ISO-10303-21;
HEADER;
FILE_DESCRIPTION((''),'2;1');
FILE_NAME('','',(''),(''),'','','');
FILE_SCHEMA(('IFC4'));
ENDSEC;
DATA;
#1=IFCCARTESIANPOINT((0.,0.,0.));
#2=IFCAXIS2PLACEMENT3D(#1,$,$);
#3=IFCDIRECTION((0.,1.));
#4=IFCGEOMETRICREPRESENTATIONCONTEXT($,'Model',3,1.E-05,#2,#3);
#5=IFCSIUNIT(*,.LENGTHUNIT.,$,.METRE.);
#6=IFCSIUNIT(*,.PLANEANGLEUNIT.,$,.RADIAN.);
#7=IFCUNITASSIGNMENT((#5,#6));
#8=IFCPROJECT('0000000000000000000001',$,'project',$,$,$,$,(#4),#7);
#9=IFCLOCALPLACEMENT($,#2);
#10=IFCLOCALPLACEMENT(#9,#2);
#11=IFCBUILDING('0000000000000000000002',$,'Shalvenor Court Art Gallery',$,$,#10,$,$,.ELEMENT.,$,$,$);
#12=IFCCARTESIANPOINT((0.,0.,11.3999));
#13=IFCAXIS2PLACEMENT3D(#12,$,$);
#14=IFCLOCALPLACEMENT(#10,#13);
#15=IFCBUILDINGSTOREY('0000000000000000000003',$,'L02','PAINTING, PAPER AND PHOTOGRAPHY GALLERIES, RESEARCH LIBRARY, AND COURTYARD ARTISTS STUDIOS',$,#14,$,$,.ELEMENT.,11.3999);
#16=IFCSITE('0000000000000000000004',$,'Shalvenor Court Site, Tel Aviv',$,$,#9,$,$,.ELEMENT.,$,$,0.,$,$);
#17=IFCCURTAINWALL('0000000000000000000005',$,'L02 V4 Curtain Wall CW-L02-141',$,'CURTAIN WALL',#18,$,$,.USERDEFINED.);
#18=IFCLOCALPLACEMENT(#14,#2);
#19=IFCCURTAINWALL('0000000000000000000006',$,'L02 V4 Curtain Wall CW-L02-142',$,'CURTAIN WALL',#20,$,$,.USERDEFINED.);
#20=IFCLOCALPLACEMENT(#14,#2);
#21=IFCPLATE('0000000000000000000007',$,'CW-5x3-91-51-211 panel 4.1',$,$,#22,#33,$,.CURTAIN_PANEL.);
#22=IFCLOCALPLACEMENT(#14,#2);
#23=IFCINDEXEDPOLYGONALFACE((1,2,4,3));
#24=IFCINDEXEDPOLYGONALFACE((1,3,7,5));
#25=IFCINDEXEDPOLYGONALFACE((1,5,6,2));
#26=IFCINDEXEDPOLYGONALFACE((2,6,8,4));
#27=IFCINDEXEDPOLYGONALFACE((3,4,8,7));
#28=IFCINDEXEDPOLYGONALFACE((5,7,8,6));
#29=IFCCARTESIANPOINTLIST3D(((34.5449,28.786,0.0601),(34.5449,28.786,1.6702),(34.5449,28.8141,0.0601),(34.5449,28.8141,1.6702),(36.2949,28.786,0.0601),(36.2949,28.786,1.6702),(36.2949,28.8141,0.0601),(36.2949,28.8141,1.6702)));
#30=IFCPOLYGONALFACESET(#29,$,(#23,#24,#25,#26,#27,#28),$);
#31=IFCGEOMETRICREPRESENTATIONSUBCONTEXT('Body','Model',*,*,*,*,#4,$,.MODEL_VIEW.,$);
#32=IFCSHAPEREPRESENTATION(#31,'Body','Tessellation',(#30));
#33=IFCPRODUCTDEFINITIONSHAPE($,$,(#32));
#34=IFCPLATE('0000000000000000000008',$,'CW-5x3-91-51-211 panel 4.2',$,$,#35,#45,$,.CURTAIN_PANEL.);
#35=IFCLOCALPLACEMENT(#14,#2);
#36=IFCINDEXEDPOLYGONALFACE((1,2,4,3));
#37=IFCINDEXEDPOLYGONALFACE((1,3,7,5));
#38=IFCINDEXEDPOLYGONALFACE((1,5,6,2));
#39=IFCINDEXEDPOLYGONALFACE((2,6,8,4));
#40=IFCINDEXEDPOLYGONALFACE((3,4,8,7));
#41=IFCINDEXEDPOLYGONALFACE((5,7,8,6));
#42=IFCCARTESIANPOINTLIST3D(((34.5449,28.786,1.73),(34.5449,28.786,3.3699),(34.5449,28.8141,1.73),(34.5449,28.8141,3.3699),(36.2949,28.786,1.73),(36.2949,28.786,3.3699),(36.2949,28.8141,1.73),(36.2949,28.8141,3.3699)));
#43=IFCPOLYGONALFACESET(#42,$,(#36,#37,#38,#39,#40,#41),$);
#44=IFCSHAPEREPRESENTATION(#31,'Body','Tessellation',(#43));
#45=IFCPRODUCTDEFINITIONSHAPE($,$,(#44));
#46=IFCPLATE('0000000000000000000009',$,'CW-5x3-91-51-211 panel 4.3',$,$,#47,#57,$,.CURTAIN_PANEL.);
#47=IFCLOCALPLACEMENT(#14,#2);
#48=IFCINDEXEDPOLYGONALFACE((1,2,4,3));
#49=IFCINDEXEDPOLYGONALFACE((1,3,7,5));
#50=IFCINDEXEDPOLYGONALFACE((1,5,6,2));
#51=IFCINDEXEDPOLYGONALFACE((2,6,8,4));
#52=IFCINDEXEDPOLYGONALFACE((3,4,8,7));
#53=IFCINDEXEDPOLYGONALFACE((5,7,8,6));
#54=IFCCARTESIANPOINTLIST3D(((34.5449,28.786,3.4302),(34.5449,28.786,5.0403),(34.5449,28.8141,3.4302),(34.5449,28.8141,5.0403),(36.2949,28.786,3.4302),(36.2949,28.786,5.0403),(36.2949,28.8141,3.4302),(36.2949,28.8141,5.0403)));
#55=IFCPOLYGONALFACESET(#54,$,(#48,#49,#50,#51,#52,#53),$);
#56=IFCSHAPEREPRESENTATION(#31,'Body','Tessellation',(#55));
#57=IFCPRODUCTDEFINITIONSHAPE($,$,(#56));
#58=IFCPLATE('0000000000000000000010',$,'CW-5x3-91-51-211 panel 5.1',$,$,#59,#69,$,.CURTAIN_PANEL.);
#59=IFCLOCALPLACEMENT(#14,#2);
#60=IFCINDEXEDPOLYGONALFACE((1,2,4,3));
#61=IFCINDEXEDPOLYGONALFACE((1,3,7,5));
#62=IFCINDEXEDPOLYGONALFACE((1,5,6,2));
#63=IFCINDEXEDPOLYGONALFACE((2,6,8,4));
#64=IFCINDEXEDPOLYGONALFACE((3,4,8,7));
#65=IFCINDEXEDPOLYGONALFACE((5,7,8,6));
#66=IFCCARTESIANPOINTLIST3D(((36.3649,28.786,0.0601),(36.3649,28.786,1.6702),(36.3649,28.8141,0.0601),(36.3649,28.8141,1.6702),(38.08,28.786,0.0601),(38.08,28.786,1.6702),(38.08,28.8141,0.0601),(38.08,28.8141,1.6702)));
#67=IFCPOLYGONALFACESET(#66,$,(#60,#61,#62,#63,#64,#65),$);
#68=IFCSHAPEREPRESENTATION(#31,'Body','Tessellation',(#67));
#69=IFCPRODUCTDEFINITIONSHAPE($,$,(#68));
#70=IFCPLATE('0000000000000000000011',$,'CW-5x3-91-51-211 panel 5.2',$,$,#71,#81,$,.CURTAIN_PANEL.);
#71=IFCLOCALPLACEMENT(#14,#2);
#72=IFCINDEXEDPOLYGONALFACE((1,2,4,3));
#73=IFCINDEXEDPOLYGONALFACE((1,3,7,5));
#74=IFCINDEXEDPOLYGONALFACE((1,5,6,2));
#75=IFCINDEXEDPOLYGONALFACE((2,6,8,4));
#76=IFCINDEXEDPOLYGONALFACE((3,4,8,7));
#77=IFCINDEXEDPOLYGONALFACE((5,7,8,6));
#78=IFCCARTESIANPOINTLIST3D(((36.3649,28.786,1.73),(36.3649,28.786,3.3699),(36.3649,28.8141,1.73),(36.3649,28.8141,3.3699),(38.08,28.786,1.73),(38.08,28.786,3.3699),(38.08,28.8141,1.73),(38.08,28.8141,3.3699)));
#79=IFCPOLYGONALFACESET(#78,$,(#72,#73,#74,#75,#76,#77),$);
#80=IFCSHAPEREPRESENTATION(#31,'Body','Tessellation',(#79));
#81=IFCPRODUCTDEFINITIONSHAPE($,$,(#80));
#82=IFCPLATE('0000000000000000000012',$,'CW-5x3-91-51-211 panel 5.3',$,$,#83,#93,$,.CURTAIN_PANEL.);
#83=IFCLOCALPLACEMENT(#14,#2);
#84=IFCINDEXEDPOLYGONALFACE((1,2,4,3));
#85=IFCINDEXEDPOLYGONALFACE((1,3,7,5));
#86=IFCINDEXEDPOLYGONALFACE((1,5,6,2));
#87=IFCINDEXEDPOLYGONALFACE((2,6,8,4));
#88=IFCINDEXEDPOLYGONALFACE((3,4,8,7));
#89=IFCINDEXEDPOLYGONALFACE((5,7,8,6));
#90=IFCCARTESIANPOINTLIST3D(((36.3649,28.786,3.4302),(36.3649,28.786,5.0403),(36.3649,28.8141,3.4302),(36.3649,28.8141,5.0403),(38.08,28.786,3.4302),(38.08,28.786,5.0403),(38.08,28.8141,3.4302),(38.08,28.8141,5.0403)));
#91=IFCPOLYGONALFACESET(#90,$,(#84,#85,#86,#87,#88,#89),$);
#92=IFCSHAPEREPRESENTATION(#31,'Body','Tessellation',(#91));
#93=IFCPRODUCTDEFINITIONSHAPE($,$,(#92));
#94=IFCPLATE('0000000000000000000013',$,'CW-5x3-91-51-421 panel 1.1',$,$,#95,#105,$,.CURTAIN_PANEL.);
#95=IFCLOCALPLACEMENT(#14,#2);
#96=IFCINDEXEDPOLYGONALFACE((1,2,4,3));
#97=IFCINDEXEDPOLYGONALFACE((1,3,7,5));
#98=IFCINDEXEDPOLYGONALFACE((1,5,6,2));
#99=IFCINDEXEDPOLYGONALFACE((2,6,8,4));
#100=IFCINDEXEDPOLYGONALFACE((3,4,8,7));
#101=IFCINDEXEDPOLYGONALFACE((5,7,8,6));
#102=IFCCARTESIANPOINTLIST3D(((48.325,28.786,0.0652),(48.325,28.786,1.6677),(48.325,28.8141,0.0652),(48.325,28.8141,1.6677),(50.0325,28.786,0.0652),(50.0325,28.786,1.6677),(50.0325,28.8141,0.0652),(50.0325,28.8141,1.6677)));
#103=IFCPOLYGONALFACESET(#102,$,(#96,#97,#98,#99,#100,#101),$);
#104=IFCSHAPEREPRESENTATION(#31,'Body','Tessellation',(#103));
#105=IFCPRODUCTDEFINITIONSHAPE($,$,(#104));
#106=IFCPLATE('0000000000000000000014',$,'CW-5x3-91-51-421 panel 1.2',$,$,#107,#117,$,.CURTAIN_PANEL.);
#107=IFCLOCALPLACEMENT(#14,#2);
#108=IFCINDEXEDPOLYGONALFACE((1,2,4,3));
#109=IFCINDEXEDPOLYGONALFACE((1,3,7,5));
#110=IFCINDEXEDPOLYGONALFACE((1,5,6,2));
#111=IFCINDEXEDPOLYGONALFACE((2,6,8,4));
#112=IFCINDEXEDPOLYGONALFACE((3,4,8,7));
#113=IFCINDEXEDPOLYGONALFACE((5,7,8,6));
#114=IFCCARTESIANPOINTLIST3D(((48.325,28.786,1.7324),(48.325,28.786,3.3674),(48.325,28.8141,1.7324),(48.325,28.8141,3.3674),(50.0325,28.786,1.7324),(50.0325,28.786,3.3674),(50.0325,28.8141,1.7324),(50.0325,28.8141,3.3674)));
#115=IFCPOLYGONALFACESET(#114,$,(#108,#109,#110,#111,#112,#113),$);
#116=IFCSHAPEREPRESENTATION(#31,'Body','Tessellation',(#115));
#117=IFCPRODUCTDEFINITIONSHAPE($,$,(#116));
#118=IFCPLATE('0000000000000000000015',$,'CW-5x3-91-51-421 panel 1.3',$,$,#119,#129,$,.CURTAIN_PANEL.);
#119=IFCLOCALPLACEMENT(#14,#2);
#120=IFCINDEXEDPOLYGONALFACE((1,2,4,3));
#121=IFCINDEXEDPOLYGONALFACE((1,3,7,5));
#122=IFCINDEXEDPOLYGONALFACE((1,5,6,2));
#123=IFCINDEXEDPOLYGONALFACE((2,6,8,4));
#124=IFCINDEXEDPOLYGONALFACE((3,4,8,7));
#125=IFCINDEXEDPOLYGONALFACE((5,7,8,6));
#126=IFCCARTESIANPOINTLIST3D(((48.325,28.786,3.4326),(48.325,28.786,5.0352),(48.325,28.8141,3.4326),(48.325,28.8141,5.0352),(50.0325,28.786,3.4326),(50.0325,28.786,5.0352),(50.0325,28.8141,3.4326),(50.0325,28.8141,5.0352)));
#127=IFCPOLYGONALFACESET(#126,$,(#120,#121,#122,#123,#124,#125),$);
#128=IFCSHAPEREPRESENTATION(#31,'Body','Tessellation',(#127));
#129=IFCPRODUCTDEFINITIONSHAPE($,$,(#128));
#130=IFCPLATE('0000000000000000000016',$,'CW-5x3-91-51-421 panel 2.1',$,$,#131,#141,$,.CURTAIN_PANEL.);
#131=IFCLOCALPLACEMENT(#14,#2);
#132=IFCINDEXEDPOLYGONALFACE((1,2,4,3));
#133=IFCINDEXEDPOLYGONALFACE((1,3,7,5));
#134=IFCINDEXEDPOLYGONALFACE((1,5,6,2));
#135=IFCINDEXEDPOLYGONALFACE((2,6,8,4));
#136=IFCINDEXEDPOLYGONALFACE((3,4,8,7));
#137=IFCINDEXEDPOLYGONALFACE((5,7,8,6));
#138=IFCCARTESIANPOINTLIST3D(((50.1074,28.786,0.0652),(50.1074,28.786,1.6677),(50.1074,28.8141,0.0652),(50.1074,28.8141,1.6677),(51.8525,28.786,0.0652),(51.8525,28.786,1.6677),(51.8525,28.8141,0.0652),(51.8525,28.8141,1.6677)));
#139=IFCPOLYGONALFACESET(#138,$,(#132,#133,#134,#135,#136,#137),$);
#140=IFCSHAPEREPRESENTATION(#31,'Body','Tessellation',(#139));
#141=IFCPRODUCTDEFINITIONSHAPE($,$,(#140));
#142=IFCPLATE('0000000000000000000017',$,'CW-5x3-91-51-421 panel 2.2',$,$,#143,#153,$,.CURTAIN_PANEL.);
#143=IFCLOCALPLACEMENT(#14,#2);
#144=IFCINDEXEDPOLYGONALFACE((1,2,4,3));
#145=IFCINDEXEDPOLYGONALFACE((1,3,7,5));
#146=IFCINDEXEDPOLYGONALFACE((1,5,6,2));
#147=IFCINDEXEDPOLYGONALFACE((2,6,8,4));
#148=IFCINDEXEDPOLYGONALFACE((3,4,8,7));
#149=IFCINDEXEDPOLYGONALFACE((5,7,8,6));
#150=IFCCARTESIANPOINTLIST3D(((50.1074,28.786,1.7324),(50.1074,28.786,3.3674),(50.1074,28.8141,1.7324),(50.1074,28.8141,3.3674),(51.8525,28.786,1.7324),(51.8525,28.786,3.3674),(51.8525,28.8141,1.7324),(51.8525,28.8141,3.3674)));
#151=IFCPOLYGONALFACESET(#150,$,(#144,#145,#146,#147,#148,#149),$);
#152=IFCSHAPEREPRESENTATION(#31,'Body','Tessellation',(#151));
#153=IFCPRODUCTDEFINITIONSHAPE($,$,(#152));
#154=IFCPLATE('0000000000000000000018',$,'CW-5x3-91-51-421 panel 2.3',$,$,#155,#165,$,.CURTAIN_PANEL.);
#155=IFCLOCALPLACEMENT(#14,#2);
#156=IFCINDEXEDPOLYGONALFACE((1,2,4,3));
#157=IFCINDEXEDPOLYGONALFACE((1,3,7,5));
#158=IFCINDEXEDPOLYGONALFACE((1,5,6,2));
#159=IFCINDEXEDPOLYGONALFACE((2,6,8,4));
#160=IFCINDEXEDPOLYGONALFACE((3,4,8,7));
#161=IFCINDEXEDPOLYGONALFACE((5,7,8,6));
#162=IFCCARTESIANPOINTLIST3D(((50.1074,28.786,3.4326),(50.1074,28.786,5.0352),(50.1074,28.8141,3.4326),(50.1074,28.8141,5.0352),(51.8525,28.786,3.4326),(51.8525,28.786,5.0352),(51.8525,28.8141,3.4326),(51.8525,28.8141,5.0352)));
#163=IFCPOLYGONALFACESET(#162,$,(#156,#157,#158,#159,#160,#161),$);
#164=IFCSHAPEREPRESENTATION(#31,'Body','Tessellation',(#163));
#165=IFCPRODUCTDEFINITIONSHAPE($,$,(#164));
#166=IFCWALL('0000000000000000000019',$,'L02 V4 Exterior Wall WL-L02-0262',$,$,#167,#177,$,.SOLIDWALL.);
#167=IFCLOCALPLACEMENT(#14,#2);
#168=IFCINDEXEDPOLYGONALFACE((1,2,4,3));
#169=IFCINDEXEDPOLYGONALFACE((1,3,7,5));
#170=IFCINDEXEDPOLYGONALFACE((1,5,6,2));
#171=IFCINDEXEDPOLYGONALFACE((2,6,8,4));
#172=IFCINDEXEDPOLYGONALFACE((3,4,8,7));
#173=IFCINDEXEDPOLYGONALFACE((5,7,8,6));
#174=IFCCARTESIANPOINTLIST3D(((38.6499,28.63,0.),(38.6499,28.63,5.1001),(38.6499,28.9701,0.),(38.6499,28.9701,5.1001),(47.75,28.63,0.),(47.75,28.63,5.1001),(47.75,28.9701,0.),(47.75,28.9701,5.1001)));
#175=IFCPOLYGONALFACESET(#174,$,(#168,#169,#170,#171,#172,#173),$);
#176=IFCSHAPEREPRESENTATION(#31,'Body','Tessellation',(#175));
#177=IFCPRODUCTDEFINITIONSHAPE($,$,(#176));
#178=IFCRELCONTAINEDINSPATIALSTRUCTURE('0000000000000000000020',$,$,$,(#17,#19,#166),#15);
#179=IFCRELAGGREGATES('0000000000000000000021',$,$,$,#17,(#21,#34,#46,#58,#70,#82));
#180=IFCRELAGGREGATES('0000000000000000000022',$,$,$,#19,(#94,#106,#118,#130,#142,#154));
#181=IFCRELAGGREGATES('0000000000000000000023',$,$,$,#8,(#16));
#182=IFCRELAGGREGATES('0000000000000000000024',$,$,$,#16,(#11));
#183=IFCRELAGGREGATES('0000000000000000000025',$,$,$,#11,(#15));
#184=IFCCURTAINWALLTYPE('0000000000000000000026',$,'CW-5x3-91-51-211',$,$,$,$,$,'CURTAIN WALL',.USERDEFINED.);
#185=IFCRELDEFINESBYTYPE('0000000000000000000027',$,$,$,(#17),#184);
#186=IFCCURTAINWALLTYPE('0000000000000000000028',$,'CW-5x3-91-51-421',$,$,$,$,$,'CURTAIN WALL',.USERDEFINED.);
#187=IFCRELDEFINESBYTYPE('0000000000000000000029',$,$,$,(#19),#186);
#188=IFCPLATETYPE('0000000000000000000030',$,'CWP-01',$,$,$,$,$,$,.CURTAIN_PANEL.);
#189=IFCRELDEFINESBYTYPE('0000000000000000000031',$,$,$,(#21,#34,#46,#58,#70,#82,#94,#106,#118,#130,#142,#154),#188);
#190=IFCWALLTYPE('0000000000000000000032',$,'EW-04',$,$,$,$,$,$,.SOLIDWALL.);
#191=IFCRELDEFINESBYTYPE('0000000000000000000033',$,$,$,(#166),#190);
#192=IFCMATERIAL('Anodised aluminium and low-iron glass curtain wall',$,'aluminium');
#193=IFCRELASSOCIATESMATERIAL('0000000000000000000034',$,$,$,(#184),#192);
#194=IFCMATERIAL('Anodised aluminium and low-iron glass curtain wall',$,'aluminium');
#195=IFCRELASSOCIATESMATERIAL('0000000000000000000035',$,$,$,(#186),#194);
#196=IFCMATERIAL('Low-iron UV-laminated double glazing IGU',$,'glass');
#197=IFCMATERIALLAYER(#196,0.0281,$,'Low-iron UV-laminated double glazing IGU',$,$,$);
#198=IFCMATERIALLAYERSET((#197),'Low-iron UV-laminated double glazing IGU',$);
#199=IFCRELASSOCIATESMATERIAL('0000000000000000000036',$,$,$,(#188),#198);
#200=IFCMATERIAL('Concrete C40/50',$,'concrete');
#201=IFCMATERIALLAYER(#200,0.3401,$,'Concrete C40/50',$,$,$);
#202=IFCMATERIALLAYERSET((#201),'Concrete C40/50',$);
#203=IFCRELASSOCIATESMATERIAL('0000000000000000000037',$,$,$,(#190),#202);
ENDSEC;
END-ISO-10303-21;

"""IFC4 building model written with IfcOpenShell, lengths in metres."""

from ifc_helpers import new_model, si_unit, direction, frame, frame_2d, origin, origin_2d, place, context, subcontext, project, spatial, rectangle, extrude, material, layer, layer_set, type_object, element, aggregate, save


model = new_model("IFC4")

# Units and contexts
model_context = context("Model", 3, precision=1e-05, world=origin(), true_north=direction((0.0, 1.0)))
body_context = subcontext(model_context, "Body", "Model", "MODEL_VIEW")
ifc_project = project(units=[si_unit("LENGTHUNIT", "METRE"), si_unit("PLANEANGLEUNIT", "RADIAN")], contexts=[model_context])

# Site, building, storey
site_placement = place(None, origin())
site = spatial("IfcSite", under=ifc_project, at=site_placement, Name="Shalvenor Court Site, Tel Aviv", CompositionType="ELEMENT", RefElevation=0.0)
building_placement = place(site_placement, origin())
building = spatial("IfcBuilding", under=site, at=building_placement, Name="Shalvenor Court Art Gallery", CompositionType="ELEMENT")
storey_placement = place(building_placement, frame((0.0, 0.0, 11.3999)))
storey = spatial("IfcBuildingStorey", under=building, at=storey_placement, Name="L02", Description="PAINTING, PAPER AND PHOTOGRAPHY GALLERIES, RESEARCH LIBRARY, AND COURTYARD ARTISTS STUDIOS", CompositionType="ELEMENT", Elevation=11.3999)

# Curtain walls
ifc_material_1 = material(Name="Anodised aluminium and low-iron glass curtain wall", Category="aluminium")
curtain_wall_type_1 = type_object("IfcCurtainWallType", Name="CW-5x3-91-51-211", ElementType="CURTAIN WALL", PredefinedType="USERDEFINED", material=ifc_material_1)
curtain_wall_1_placement = place(storey_placement, origin())
curtain_wall_1 = element("IfcCurtainWall", 1, at=curtain_wall_1_placement, inside=storey, type_object=curtain_wall_type_1, Name="L02 V4 Curtain Wall CW-L02-141", ObjectType="CURTAIN WALL", PredefinedType="USERDEFINED")
ifc_material_2 = material(Name="Anodised aluminium and low-iron glass curtain wall", Category="aluminium")
curtain_wall_type_2 = type_object("IfcCurtainWallType", Name="CW-5x3-91-51-421", ElementType="CURTAIN WALL", PredefinedType="USERDEFINED", material=ifc_material_2)
curtain_wall_2_placement = place(storey_placement, origin())
curtain_wall_2 = element("IfcCurtainWall", 2, at=curtain_wall_2_placement, inside=storey, type_object=curtain_wall_type_2, Name="L02 V4 Curtain Wall CW-L02-142", ObjectType="CURTAIN WALL", PredefinedType="USERDEFINED")

# Plates
ifc_material_3 = material(Name="Low-iron UV-laminated double glazing IGU", Category="glass")
ifc_layer_1 = layer(ifc_material_3, 0.0281, Name="Low-iron UV-laminated double glazing IGU")
ifc_layer_set_1 = layer_set([ifc_layer_1], Name="Low-iron UV-laminated double glazing IGU")
plate_type = type_object("IfcPlateType", Name="CWP-01", PredefinedType="CURTAIN_PANEL", material=ifc_layer_set_1)
plate_1_placement = place(storey_placement, frame((35.4199, 28.8, 0.0601), z_axis=(0.0, 0.0, 1.0), x_axis=(1.0, 0.0, 0.0)))
plate_1 = element("IfcPlate", 3, at=plate_1_placement, type_object=plate_type, Name="CW-5x3-91-51-211 panel 4.1", PredefinedType="CURTAIN_PANEL", context=body_context, shape_type="SweptSolid", body=[
    extrude(rectangle(XDim=1.75, YDim=0.0281, at=origin_2d()), origin(), (0.0, 0.0, 1.0), 1.6101),
])
plate_2_placement = place(storey_placement, frame((35.4199, 28.8, 1.73), z_axis=(0.0, 0.0, 1.0), x_axis=(1.0, 0.0, 0.0)))
plate_2 = element("IfcPlate", 4, at=plate_2_placement, type_object=plate_type, Name="CW-5x3-91-51-211 panel 4.2", PredefinedType="CURTAIN_PANEL", context=body_context, shape_type="SweptSolid", body=[
    extrude(rectangle(XDim=1.75, YDim=0.0281, at=origin_2d()), origin(), (0.0, 0.0, 1.0), 1.6399),
])
plate_3_placement = place(storey_placement, frame((35.4199, 28.8, 3.4302), z_axis=(0.0, 0.0, 1.0), x_axis=(1.0, 0.0, 0.0)))
plate_3 = element("IfcPlate", 5, at=plate_3_placement, type_object=plate_type, Name="CW-5x3-91-51-211 panel 4.3", PredefinedType="CURTAIN_PANEL", context=body_context, shape_type="SweptSolid", body=[
    extrude(rectangle(XDim=1.75, YDim=0.0281, at=origin_2d()), origin(), (0.0, 0.0, 1.0), 1.6101),
])
plate_4_placement = place(storey_placement, frame((37.2224, 28.8, 0.0601), z_axis=(0.0, 0.0, 1.0), x_axis=(1.0, 0.0, 0.0)))
plate_4 = element("IfcPlate", 6, at=plate_4_placement, type_object=plate_type, Name="CW-5x3-91-51-211 panel 5.1", PredefinedType="CURTAIN_PANEL", context=body_context, shape_type="SweptSolid", body=[
    extrude(rectangle(XDim=1.7151, YDim=0.0281, at=origin_2d()), origin(), (0.0, 0.0, 1.0), 1.6101),
])
plate_5_placement = place(storey_placement, frame((37.2224, 28.8, 1.73), z_axis=(0.0, 0.0, 1.0), x_axis=(1.0, 0.0, 0.0)))
plate_5 = element("IfcPlate", 7, at=plate_5_placement, type_object=plate_type, Name="CW-5x3-91-51-211 panel 5.2", PredefinedType="CURTAIN_PANEL", context=body_context, shape_type="SweptSolid", body=[
    extrude(rectangle(XDim=1.7151, YDim=0.0281, at=origin_2d()), origin(), (0.0, 0.0, 1.0), 1.6399),
])
plate_6_placement = place(storey_placement, frame((37.2224, 28.8, 3.4302), z_axis=(0.0, 0.0, 1.0), x_axis=(1.0, 0.0, 0.0)))
plate_6 = element("IfcPlate", 8, at=plate_6_placement, type_object=plate_type, Name="CW-5x3-91-51-211 panel 5.3", PredefinedType="CURTAIN_PANEL", context=body_context, shape_type="SweptSolid", body=[
    extrude(rectangle(XDim=1.7151, YDim=0.0281, at=origin_2d()), origin(), (0.0, 0.0, 1.0), 1.6101),
])
aggregate(curtain_wall_1, [plate_1, plate_2, plate_3, plate_4, plate_5, plate_6])
plate_7_placement = place(storey_placement, frame((49.1787, 28.8, 0.0652), z_axis=(0.0, 0.0, 1.0), x_axis=(1.0, 0.0, 0.0)))
plate_7 = element("IfcPlate", 9, at=plate_7_placement, type_object=plate_type, Name="CW-5x3-91-51-421 panel 1.1", PredefinedType="CURTAIN_PANEL", context=body_context, shape_type="SweptSolid", body=[
    extrude(rectangle(XDim=1.7075, YDim=0.0281, at=origin_2d()), origin(), (0.0, 0.0, 1.0), 1.6025),
])
plate_8_placement = place(storey_placement, frame((49.1787, 28.8, 1.7324), z_axis=(0.0, 0.0, 1.0), x_axis=(1.0, 0.0, 0.0)))
plate_8 = element("IfcPlate", 10, at=plate_8_placement, type_object=plate_type, Name="CW-5x3-91-51-421 panel 1.2", PredefinedType="CURTAIN_PANEL", context=body_context, shape_type="SweptSolid", body=[
    extrude(rectangle(XDim=1.7075, YDim=0.0281, at=origin_2d()), origin(), (0.0, 0.0, 1.0), 1.635),
])
plate_9_placement = place(storey_placement, frame((49.1787, 28.8, 3.4326), z_axis=(0.0, 0.0, 1.0), x_axis=(1.0, 0.0, 0.0)))
plate_9 = element("IfcPlate", 11, at=plate_9_placement, type_object=plate_type, Name="CW-5x3-91-51-421 panel 1.3", PredefinedType="CURTAIN_PANEL", context=body_context, shape_type="SweptSolid", body=[
    extrude(rectangle(XDim=1.7075, YDim=0.0281, at=origin_2d()), origin(), (0.0, 0.0, 1.0), 1.6025),
])
plate_10_placement = place(storey_placement, frame((50.98, 28.8, 0.0652), z_axis=(0.0, 0.0, 1.0), x_axis=(1.0, 0.0, 0.0)))
plate_10 = element("IfcPlate", 12, at=plate_10_placement, type_object=plate_type, Name="CW-5x3-91-51-421 panel 2.1", PredefinedType="CURTAIN_PANEL", context=body_context, shape_type="SweptSolid", body=[
    extrude(rectangle(XDim=1.7451, YDim=0.0281, at=origin_2d()), origin(), (0.0, 0.0, 1.0), 1.6025),
])
plate_11_placement = place(storey_placement, frame((50.98, 28.8, 1.7324), z_axis=(0.0, 0.0, 1.0), x_axis=(1.0, 0.0, 0.0)))
plate_11 = element("IfcPlate", 13, at=plate_11_placement, type_object=plate_type, Name="CW-5x3-91-51-421 panel 2.2", PredefinedType="CURTAIN_PANEL", context=body_context, shape_type="SweptSolid", body=[
    extrude(rectangle(XDim=1.7451, YDim=0.0281, at=origin_2d()), origin(), (0.0, 0.0, 1.0), 1.635),
])
plate_12_placement = place(storey_placement, frame((50.98, 28.8, 3.4326), z_axis=(0.0, 0.0, 1.0), x_axis=(1.0, 0.0, 0.0)))
plate_12 = element("IfcPlate", 14, at=plate_12_placement, type_object=plate_type, Name="CW-5x3-91-51-421 panel 2.3", PredefinedType="CURTAIN_PANEL", context=body_context, shape_type="SweptSolid", body=[
    extrude(rectangle(XDim=1.7451, YDim=0.0281, at=origin_2d()), origin(), (0.0, 0.0, 1.0), 1.6025),
])
aggregate(curtain_wall_2, [plate_7, plate_8, plate_9, plate_10, plate_11, plate_12])

# Wall
ifc_material_4 = material(Name="Concrete C40/50", Category="concrete")
ifc_layer_2 = layer(ifc_material_4, 0.3401, Name="Concrete C40/50")
ifc_layer_set_2 = layer_set([ifc_layer_2], Name="Concrete C40/50")
wall_type = type_object("IfcWallType", Name="EW-04", PredefinedType="SOLIDWALL", material=ifc_layer_set_2)
wall_placement = place(storey_placement, frame((38.6499, 28.8, 0.0), z_axis=(0.0, 0.0, 1.0), x_axis=(1.0, 0.0, 0.0)))
element("IfcWall", 15, at=wall_placement, inside=storey, type_object=wall_type, Name="L02 V4 Exterior Wall WL-L02-0262", PredefinedType="SOLIDWALL", context=body_context, shape_type="SweptSolid", body=[
    extrude(rectangle(XDim=9.1001, YDim=0.3401, at=frame_2d((4.55, 0.0))), origin(), (0.0, 0.0, 1.0), 5.1001),
])

save(model, "model.ifc")
